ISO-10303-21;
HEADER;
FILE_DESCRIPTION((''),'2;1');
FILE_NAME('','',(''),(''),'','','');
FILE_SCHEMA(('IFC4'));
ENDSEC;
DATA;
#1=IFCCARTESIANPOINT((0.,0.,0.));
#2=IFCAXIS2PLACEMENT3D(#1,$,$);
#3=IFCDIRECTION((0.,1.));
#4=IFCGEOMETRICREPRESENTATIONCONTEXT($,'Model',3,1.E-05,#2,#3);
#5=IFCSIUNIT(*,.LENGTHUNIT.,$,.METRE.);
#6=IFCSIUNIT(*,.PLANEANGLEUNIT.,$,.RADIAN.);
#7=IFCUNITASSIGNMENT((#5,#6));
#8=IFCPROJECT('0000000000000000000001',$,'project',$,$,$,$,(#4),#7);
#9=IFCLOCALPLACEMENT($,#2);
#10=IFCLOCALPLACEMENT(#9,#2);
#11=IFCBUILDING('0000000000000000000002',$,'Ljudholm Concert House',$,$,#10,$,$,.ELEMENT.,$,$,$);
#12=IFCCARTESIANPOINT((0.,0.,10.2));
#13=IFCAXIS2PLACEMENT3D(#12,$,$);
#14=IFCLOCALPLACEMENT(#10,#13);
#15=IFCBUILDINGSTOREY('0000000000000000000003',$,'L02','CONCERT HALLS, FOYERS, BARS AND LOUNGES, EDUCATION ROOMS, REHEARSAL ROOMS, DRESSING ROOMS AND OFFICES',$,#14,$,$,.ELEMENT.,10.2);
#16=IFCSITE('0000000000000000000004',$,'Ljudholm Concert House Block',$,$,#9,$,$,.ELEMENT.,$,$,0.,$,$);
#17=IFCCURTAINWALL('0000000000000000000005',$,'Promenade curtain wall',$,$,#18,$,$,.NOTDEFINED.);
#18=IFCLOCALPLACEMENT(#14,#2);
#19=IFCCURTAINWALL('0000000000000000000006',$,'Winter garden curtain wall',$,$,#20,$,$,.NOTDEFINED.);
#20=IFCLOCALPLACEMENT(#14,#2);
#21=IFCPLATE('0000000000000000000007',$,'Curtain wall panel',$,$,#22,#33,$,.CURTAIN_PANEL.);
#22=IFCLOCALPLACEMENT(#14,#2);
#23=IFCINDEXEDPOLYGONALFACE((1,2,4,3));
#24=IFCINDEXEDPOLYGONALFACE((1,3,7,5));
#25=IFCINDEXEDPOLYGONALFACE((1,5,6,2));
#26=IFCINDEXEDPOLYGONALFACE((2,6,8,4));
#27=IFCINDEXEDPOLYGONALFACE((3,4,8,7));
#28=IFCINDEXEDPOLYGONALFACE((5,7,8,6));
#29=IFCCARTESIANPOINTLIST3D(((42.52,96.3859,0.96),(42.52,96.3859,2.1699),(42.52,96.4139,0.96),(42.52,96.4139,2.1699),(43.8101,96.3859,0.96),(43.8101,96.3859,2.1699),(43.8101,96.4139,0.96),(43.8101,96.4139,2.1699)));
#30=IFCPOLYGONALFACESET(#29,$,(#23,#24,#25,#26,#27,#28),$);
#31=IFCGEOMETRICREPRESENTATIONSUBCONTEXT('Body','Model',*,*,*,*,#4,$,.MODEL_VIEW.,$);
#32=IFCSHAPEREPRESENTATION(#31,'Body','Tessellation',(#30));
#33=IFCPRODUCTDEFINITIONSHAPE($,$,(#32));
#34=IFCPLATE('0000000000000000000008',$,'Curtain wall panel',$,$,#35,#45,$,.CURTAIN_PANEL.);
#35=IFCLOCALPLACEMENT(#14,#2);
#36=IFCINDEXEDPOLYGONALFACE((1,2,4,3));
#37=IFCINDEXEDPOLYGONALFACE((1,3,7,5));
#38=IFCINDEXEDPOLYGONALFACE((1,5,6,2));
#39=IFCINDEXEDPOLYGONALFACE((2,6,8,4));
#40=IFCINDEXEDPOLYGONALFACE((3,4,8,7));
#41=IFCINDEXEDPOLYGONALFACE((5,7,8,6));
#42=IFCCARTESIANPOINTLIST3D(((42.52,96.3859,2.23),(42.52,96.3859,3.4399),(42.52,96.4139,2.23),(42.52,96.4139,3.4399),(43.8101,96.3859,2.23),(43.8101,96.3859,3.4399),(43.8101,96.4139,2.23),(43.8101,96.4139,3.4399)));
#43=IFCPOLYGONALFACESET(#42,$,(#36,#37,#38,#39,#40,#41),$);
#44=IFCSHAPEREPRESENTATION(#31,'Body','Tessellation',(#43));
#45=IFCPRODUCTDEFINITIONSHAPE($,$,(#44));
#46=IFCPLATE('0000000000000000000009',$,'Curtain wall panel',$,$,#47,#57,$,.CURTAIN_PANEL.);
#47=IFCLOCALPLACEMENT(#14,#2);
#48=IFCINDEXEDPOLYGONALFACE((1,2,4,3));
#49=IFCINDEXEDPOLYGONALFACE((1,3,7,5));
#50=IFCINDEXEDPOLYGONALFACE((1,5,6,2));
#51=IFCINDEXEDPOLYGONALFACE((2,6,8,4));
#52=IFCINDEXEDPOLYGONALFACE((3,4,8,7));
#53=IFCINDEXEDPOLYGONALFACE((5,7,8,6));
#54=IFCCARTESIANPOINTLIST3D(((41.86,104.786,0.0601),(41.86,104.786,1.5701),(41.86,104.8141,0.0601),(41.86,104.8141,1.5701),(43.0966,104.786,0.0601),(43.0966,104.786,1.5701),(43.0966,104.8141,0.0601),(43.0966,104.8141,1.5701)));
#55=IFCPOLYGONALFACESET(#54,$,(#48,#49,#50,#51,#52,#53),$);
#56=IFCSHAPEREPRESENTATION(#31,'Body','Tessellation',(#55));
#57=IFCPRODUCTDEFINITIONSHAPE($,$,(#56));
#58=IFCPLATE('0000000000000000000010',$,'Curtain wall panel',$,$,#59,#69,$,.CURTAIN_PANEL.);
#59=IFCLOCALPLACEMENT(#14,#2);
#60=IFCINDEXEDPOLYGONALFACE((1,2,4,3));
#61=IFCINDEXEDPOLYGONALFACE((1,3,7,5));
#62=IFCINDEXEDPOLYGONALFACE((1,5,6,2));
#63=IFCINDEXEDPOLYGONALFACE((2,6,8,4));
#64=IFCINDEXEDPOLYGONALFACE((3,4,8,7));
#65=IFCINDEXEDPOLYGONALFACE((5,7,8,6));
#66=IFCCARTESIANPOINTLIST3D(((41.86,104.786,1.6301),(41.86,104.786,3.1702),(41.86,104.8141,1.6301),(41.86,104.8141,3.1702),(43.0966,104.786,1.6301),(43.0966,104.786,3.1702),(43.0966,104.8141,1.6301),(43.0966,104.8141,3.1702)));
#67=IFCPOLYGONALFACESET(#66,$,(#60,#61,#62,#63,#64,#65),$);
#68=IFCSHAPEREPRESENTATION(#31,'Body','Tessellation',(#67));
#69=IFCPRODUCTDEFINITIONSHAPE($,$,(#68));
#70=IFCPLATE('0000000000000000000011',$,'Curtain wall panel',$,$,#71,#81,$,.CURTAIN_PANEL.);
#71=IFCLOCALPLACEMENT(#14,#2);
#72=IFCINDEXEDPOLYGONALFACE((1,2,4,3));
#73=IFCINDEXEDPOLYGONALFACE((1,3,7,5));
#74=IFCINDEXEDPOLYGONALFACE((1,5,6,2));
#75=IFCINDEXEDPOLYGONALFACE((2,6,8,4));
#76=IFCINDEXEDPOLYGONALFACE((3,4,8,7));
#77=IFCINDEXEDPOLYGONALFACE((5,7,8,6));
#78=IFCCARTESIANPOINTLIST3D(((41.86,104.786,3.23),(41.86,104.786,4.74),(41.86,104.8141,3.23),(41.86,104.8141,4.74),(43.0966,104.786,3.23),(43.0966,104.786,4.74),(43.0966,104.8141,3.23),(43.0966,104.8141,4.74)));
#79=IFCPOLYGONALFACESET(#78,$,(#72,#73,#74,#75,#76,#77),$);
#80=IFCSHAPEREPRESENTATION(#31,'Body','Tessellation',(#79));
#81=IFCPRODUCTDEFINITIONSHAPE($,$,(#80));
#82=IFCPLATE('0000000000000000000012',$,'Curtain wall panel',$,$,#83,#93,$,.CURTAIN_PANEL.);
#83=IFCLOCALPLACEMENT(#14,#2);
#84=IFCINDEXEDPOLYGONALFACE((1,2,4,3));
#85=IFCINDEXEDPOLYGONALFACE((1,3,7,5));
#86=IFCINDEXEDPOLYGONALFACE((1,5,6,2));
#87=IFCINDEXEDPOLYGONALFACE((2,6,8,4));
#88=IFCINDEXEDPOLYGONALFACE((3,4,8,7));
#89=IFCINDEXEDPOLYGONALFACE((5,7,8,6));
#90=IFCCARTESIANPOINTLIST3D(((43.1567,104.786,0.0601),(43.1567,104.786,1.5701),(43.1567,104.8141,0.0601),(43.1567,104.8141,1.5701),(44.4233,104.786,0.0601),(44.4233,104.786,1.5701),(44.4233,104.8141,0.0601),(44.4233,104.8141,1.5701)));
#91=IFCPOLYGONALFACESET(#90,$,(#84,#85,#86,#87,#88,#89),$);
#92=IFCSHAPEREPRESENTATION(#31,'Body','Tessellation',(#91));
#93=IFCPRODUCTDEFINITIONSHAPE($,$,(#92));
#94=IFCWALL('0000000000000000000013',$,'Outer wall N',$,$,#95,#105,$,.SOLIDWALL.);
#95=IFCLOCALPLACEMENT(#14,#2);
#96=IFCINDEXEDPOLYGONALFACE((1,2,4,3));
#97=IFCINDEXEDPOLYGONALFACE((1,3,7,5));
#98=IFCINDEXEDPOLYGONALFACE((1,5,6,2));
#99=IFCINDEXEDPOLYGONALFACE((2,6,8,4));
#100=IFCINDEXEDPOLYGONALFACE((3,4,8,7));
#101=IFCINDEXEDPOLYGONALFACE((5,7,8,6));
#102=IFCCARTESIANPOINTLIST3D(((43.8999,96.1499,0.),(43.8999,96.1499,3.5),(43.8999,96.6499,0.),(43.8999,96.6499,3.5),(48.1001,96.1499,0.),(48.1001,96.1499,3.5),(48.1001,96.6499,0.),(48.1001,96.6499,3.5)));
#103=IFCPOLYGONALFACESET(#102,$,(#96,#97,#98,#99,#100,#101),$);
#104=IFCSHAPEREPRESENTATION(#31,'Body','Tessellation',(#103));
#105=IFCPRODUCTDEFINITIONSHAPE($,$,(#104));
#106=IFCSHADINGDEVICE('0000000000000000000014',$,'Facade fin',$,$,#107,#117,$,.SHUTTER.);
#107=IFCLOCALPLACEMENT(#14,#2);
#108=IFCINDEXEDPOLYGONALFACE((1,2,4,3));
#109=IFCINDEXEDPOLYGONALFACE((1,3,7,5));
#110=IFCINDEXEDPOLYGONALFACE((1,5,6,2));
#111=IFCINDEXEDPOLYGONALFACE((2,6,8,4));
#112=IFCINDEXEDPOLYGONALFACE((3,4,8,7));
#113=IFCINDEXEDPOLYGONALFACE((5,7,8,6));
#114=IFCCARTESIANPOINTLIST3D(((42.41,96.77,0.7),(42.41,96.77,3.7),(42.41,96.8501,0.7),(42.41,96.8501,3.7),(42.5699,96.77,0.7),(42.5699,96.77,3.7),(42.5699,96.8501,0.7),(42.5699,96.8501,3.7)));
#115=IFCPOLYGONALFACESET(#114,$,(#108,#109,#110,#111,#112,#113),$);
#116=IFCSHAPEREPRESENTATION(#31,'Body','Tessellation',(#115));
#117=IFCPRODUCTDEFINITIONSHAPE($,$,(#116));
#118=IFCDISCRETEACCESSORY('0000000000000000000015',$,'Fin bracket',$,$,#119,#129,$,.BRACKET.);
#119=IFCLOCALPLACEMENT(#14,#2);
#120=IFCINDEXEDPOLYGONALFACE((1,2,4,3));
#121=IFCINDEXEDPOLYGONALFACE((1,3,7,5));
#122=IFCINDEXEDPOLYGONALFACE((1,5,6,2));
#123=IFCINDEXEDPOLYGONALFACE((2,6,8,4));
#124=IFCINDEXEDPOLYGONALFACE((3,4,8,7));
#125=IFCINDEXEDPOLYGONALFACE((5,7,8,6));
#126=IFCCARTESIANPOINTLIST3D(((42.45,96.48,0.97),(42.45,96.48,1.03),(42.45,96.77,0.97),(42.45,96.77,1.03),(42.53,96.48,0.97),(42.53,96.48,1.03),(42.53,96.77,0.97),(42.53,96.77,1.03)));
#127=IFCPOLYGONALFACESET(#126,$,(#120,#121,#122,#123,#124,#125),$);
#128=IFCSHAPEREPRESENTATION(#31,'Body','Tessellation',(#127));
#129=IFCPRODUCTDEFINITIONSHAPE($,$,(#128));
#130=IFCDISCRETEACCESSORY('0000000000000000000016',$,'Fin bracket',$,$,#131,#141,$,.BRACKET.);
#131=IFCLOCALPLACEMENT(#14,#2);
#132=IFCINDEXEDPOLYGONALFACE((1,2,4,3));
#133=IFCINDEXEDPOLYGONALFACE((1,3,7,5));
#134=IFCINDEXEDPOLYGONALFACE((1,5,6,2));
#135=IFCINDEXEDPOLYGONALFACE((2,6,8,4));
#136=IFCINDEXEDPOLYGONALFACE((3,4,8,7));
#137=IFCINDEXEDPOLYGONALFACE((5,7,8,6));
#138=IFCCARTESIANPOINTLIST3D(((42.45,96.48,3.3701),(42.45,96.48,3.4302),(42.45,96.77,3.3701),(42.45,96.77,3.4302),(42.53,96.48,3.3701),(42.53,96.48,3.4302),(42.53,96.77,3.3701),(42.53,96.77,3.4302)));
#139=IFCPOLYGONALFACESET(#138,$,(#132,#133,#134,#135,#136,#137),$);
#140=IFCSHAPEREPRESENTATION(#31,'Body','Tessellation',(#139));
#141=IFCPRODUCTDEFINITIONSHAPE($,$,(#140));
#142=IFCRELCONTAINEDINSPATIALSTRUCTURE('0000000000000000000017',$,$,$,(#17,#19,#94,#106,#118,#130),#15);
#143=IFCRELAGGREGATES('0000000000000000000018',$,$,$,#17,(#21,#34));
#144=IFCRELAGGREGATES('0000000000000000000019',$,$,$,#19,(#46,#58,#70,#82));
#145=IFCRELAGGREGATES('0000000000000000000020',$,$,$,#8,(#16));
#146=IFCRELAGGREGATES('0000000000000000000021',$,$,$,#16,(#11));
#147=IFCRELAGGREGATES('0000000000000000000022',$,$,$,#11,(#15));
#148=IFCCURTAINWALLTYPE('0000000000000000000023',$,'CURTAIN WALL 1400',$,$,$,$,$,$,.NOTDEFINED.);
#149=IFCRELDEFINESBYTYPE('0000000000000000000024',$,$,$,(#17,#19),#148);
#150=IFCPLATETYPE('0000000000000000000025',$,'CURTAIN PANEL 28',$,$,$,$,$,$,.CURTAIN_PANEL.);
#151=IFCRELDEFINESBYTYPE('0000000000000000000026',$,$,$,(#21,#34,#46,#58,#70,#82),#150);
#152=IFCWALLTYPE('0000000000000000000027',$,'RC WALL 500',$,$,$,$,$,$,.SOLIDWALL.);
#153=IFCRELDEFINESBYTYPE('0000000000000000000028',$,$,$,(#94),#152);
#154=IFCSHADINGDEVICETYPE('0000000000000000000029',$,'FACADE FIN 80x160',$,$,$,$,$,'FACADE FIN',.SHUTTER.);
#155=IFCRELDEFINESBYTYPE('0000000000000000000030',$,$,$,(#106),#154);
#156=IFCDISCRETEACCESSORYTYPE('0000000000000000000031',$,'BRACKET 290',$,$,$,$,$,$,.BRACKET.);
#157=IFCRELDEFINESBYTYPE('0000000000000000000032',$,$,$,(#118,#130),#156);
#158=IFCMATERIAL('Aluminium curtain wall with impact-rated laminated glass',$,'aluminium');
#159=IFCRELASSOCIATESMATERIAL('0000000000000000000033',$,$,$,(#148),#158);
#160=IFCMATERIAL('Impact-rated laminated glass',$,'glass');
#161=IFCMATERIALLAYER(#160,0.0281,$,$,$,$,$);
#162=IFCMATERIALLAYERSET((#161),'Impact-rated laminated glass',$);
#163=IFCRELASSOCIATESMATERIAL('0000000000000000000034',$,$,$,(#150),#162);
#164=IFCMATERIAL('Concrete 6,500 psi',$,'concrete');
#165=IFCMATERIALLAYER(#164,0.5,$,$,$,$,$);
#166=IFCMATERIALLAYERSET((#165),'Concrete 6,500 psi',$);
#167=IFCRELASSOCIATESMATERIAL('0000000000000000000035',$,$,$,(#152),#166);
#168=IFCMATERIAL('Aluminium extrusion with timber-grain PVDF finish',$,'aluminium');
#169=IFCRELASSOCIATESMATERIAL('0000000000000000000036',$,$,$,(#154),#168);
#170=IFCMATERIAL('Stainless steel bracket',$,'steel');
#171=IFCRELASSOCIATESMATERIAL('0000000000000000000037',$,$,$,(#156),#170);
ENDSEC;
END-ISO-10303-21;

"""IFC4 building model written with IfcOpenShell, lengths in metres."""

from ifc_helpers import new_model, si_unit, direction, frame, frame_2d, origin, origin_2d, place, context, subcontext, project, spatial, rectangle, extrude, material, layer, layer_set, type_object, element, aggregate, save


model = new_model("IFC4")

# Units and contexts
model_context = context("Model", 3, precision=1e-05, world=origin(), true_north=direction((0.0, 1.0)))
body_context = subcontext(model_context, "Body", "Model", "MODEL_VIEW")
ifc_project = project(units=[si_unit("LENGTHUNIT", "METRE"), si_unit("PLANEANGLEUNIT", "RADIAN")], contexts=[model_context])

# Site, building, storey
site_placement = place(None, origin())
site = spatial("IfcSite", under=ifc_project, at=site_placement, Name="Ljudholm Concert House Block", CompositionType="ELEMENT", RefElevation=0.0)
building_placement = place(site_placement, origin())
building = spatial("IfcBuilding", under=site, at=building_placement, Name="Ljudholm Concert House", CompositionType="ELEMENT")
storey_placement = place(building_placement, frame((0.0, 0.0, 10.2)))
storey = spatial("IfcBuildingStorey", under=building, at=storey_placement, Name="L02", Description="CONCERT HALLS, FOYERS, BARS AND LOUNGES, EDUCATION ROOMS, REHEARSAL ROOMS, DRESSING ROOMS AND OFFICES", CompositionType="ELEMENT", Elevation=10.2)

# Curtain walls
ifc_material_1 = material(Name="Aluminium curtain wall with impact-rated laminated glass", Category="aluminium")
curtain_wall_type = type_object("IfcCurtainWallType", Name="CURTAIN WALL 1400", PredefinedType="NOTDEFINED", material=ifc_material_1)
curtain_wall_1_placement = place(storey_placement, origin())
curtain_wall_1 = element("IfcCurtainWall", 1, at=curtain_wall_1_placement, inside=storey, type_object=curtain_wall_type, Name="Promenade curtain wall", PredefinedType="NOTDEFINED")
curtain_wall_2_placement = place(storey_placement, origin())
curtain_wall_2 = element("IfcCurtainWall", 2, at=curtain_wall_2_placement, inside=storey, type_object=curtain_wall_type, Name="Winter garden curtain wall", PredefinedType="NOTDEFINED")

# Plates
ifc_material_2 = material(Name="Impact-rated laminated glass", Category="glass")
ifc_layer_1 = layer(ifc_material_2, 0.0281)
ifc_layer_set_1 = layer_set([ifc_layer_1], Name="Impact-rated laminated glass")
plate_type = type_object("IfcPlateType", Name="CURTAIN PANEL 28", PredefinedType="CURTAIN_PANEL", material=ifc_layer_set_1)
plate_1_placement = place(storey_placement, frame((43.165, 96.3999, 0.96), z_axis=(0.0, 0.0, 1.0), x_axis=(1.0, 0.0, 0.0)))
plate_1 = element("IfcPlate", 3, at=plate_1_placement, type_object=plate_type, Name="Curtain wall panel", PredefinedType="CURTAIN_PANEL", context=body_context, shape_type="SweptSolid", body=[
    extrude(rectangle(XDim=1.29, YDim=0.0281, at=origin_2d()), origin(), (0.0, 0.0, 1.0), 1.21),
])
plate_2_placement = place(storey_placement, frame((43.165, 96.3999, 2.23), z_axis=(0.0, 0.0, 1.0), x_axis=(1.0, 0.0, 0.0)))
plate_2 = element("IfcPlate", 4, at=plate_2_placement, type_object=plate_type, Name="Curtain wall panel", PredefinedType="CURTAIN_PANEL", context=body_context, shape_type="SweptSolid", body=[
    extrude(rectangle(XDim=1.29, YDim=0.0281, at=origin_2d()), origin(), (0.0, 0.0, 1.0), 1.21),
])
aggregate(curtain_wall_1, [plate_1, plate_2])
plate_3_placement = place(storey_placement, frame((42.4783, 104.8, 0.0601), z_axis=(0.0, 0.0, 1.0), x_axis=(1.0, 0.0, 0.0)))
plate_3 = element("IfcPlate", 5, at=plate_3_placement, type_object=plate_type, Name="Curtain wall panel", PredefinedType="CURTAIN_PANEL", context=body_context, shape_type="SweptSolid", body=[
    extrude(rectangle(XDim=1.2366, YDim=0.0281, at=origin_2d()), origin(), (0.0, 0.0, 1.0), 1.51),
])
plate_4_placement = place(storey_placement, frame((42.4783, 104.8, 1.6301), z_axis=(0.0, 0.0, 1.0), x_axis=(1.0, 0.0, 0.0)))
plate_4 = element("IfcPlate", 6, at=plate_4_placement, type_object=plate_type, Name="Curtain wall panel", PredefinedType="CURTAIN_PANEL", context=body_context, shape_type="SweptSolid", body=[
    extrude(rectangle(XDim=1.2366, YDim=0.0281, at=origin_2d()), origin(), (0.0, 0.0, 1.0), 1.54),
])
plate_5_placement = place(storey_placement, frame((42.4783, 104.8, 3.23), z_axis=(0.0, 0.0, 1.0), x_axis=(1.0, 0.0, 0.0)))
plate_5 = element("IfcPlate", 7, at=plate_5_placement, type_object=plate_type, Name="Curtain wall panel", PredefinedType="CURTAIN_PANEL", context=body_context, shape_type="SweptSolid", body=[
    extrude(rectangle(XDim=1.2366, YDim=0.0281, at=origin_2d()), origin(), (0.0, 0.0, 1.0), 1.51),
])
plate_6_placement = place(storey_placement, frame((43.79, 104.8, 0.0601), z_axis=(0.0, 0.0, 1.0), x_axis=(1.0, 0.0, 0.0)))
plate_6 = element("IfcPlate", 8, at=plate_6_placement, type_object=plate_type, Name="Curtain wall panel", PredefinedType="CURTAIN_PANEL", context=body_context, shape_type="SweptSolid", body=[
    extrude(rectangle(XDim=1.2666, YDim=0.0281, at=origin_2d()), origin(), (0.0, 0.0, 1.0), 1.51),
])
aggregate(curtain_wall_2, [plate_3, plate_4, plate_5, plate_6])

# Wall
ifc_material_3 = material(Name="Concrete 6,500 psi", Category="concrete")
ifc_layer_2 = layer(ifc_material_3, 0.5)
ifc_layer_set_2 = layer_set([ifc_layer_2], Name="Concrete 6,500 psi")
wall_type = type_object("IfcWallType", Name="RC WALL 500", PredefinedType="SOLIDWALL", material=ifc_layer_set_2)
wall_placement = place(storey_placement, frame((43.8999, 96.3999, 0.0), z_axis=(0.0, 0.0, 1.0), x_axis=(1.0, 0.0, 0.0)))
element("IfcWall", 9, at=wall_placement, inside=storey, type_object=wall_type, Name="Outer wall N", PredefinedType="SOLIDWALL", context=body_context, shape_type="SweptSolid", body=[
    extrude(rectangle(XDim=4.2002, YDim=0.5, at=frame_2d((2.1001, 0.0))), origin(), (0.0, 0.0, 1.0), 3.5),
])

# Shading device
ifc_material_4 = material(Name="Aluminium extrusion with timber-grain PVDF finish", Category="aluminium")
shading_device_type = type_object("IfcShadingDeviceType", Name="FACADE FIN 80x160", ElementType="FACADE FIN", PredefinedType="SHUTTER", material=ifc_material_4)
shading_device_placement = place(storey_placement, frame((42.49, 96.8101, 0.7), z_axis=(0.0, 0.0, 1.0), x_axis=(0.0, 1.0, 0.0)))
element("IfcShadingDevice", 10, at=shading_device_placement, inside=storey, type_object=shading_device_type, Name="Facade fin", PredefinedType="SHUTTER", context=body_context, shape_type="SweptSolid", body=[
    extrude(rectangle(XDim=0.0801, YDim=0.1599, at=origin_2d()), origin(), (0.0, 0.0, 1.0), 3.0),
])

# Discrete accessories
ifc_material_5 = material(Name="Stainless steel bracket", Category="steel")
discrete_accessory_type = type_object("IfcDiscreteAccessoryType", Name="BRACKET 290", PredefinedType="BRACKET", material=ifc_material_5)
for number, where, z_axis, x_axis, name in (
    (11, (42.49, 96.625, 0.97), (0.0, 0.0, 1.0), (0.0, 1.0, 0.0), "Fin bracket"),
    (12, (42.49, 96.625, 3.3701), (0.0, 0.0, 1.0), (0.0, 1.0, 0.0), "Fin bracket"),
):
    element("IfcDiscreteAccessory", number, at=place(storey_placement, frame(where, z_axis=z_axis, x_axis=x_axis)), inside=storey, type_object=discrete_accessory_type, Name=name, PredefinedType="BRACKET", context=body_context, shape_type="SweptSolid", body=[
        extrude(rectangle(XDim=0.29, YDim=0.0801, at=origin_2d()), origin(), (0.0, 0.0, 1.0), 0.0601),
    ])

save(model, "model.ifc")
